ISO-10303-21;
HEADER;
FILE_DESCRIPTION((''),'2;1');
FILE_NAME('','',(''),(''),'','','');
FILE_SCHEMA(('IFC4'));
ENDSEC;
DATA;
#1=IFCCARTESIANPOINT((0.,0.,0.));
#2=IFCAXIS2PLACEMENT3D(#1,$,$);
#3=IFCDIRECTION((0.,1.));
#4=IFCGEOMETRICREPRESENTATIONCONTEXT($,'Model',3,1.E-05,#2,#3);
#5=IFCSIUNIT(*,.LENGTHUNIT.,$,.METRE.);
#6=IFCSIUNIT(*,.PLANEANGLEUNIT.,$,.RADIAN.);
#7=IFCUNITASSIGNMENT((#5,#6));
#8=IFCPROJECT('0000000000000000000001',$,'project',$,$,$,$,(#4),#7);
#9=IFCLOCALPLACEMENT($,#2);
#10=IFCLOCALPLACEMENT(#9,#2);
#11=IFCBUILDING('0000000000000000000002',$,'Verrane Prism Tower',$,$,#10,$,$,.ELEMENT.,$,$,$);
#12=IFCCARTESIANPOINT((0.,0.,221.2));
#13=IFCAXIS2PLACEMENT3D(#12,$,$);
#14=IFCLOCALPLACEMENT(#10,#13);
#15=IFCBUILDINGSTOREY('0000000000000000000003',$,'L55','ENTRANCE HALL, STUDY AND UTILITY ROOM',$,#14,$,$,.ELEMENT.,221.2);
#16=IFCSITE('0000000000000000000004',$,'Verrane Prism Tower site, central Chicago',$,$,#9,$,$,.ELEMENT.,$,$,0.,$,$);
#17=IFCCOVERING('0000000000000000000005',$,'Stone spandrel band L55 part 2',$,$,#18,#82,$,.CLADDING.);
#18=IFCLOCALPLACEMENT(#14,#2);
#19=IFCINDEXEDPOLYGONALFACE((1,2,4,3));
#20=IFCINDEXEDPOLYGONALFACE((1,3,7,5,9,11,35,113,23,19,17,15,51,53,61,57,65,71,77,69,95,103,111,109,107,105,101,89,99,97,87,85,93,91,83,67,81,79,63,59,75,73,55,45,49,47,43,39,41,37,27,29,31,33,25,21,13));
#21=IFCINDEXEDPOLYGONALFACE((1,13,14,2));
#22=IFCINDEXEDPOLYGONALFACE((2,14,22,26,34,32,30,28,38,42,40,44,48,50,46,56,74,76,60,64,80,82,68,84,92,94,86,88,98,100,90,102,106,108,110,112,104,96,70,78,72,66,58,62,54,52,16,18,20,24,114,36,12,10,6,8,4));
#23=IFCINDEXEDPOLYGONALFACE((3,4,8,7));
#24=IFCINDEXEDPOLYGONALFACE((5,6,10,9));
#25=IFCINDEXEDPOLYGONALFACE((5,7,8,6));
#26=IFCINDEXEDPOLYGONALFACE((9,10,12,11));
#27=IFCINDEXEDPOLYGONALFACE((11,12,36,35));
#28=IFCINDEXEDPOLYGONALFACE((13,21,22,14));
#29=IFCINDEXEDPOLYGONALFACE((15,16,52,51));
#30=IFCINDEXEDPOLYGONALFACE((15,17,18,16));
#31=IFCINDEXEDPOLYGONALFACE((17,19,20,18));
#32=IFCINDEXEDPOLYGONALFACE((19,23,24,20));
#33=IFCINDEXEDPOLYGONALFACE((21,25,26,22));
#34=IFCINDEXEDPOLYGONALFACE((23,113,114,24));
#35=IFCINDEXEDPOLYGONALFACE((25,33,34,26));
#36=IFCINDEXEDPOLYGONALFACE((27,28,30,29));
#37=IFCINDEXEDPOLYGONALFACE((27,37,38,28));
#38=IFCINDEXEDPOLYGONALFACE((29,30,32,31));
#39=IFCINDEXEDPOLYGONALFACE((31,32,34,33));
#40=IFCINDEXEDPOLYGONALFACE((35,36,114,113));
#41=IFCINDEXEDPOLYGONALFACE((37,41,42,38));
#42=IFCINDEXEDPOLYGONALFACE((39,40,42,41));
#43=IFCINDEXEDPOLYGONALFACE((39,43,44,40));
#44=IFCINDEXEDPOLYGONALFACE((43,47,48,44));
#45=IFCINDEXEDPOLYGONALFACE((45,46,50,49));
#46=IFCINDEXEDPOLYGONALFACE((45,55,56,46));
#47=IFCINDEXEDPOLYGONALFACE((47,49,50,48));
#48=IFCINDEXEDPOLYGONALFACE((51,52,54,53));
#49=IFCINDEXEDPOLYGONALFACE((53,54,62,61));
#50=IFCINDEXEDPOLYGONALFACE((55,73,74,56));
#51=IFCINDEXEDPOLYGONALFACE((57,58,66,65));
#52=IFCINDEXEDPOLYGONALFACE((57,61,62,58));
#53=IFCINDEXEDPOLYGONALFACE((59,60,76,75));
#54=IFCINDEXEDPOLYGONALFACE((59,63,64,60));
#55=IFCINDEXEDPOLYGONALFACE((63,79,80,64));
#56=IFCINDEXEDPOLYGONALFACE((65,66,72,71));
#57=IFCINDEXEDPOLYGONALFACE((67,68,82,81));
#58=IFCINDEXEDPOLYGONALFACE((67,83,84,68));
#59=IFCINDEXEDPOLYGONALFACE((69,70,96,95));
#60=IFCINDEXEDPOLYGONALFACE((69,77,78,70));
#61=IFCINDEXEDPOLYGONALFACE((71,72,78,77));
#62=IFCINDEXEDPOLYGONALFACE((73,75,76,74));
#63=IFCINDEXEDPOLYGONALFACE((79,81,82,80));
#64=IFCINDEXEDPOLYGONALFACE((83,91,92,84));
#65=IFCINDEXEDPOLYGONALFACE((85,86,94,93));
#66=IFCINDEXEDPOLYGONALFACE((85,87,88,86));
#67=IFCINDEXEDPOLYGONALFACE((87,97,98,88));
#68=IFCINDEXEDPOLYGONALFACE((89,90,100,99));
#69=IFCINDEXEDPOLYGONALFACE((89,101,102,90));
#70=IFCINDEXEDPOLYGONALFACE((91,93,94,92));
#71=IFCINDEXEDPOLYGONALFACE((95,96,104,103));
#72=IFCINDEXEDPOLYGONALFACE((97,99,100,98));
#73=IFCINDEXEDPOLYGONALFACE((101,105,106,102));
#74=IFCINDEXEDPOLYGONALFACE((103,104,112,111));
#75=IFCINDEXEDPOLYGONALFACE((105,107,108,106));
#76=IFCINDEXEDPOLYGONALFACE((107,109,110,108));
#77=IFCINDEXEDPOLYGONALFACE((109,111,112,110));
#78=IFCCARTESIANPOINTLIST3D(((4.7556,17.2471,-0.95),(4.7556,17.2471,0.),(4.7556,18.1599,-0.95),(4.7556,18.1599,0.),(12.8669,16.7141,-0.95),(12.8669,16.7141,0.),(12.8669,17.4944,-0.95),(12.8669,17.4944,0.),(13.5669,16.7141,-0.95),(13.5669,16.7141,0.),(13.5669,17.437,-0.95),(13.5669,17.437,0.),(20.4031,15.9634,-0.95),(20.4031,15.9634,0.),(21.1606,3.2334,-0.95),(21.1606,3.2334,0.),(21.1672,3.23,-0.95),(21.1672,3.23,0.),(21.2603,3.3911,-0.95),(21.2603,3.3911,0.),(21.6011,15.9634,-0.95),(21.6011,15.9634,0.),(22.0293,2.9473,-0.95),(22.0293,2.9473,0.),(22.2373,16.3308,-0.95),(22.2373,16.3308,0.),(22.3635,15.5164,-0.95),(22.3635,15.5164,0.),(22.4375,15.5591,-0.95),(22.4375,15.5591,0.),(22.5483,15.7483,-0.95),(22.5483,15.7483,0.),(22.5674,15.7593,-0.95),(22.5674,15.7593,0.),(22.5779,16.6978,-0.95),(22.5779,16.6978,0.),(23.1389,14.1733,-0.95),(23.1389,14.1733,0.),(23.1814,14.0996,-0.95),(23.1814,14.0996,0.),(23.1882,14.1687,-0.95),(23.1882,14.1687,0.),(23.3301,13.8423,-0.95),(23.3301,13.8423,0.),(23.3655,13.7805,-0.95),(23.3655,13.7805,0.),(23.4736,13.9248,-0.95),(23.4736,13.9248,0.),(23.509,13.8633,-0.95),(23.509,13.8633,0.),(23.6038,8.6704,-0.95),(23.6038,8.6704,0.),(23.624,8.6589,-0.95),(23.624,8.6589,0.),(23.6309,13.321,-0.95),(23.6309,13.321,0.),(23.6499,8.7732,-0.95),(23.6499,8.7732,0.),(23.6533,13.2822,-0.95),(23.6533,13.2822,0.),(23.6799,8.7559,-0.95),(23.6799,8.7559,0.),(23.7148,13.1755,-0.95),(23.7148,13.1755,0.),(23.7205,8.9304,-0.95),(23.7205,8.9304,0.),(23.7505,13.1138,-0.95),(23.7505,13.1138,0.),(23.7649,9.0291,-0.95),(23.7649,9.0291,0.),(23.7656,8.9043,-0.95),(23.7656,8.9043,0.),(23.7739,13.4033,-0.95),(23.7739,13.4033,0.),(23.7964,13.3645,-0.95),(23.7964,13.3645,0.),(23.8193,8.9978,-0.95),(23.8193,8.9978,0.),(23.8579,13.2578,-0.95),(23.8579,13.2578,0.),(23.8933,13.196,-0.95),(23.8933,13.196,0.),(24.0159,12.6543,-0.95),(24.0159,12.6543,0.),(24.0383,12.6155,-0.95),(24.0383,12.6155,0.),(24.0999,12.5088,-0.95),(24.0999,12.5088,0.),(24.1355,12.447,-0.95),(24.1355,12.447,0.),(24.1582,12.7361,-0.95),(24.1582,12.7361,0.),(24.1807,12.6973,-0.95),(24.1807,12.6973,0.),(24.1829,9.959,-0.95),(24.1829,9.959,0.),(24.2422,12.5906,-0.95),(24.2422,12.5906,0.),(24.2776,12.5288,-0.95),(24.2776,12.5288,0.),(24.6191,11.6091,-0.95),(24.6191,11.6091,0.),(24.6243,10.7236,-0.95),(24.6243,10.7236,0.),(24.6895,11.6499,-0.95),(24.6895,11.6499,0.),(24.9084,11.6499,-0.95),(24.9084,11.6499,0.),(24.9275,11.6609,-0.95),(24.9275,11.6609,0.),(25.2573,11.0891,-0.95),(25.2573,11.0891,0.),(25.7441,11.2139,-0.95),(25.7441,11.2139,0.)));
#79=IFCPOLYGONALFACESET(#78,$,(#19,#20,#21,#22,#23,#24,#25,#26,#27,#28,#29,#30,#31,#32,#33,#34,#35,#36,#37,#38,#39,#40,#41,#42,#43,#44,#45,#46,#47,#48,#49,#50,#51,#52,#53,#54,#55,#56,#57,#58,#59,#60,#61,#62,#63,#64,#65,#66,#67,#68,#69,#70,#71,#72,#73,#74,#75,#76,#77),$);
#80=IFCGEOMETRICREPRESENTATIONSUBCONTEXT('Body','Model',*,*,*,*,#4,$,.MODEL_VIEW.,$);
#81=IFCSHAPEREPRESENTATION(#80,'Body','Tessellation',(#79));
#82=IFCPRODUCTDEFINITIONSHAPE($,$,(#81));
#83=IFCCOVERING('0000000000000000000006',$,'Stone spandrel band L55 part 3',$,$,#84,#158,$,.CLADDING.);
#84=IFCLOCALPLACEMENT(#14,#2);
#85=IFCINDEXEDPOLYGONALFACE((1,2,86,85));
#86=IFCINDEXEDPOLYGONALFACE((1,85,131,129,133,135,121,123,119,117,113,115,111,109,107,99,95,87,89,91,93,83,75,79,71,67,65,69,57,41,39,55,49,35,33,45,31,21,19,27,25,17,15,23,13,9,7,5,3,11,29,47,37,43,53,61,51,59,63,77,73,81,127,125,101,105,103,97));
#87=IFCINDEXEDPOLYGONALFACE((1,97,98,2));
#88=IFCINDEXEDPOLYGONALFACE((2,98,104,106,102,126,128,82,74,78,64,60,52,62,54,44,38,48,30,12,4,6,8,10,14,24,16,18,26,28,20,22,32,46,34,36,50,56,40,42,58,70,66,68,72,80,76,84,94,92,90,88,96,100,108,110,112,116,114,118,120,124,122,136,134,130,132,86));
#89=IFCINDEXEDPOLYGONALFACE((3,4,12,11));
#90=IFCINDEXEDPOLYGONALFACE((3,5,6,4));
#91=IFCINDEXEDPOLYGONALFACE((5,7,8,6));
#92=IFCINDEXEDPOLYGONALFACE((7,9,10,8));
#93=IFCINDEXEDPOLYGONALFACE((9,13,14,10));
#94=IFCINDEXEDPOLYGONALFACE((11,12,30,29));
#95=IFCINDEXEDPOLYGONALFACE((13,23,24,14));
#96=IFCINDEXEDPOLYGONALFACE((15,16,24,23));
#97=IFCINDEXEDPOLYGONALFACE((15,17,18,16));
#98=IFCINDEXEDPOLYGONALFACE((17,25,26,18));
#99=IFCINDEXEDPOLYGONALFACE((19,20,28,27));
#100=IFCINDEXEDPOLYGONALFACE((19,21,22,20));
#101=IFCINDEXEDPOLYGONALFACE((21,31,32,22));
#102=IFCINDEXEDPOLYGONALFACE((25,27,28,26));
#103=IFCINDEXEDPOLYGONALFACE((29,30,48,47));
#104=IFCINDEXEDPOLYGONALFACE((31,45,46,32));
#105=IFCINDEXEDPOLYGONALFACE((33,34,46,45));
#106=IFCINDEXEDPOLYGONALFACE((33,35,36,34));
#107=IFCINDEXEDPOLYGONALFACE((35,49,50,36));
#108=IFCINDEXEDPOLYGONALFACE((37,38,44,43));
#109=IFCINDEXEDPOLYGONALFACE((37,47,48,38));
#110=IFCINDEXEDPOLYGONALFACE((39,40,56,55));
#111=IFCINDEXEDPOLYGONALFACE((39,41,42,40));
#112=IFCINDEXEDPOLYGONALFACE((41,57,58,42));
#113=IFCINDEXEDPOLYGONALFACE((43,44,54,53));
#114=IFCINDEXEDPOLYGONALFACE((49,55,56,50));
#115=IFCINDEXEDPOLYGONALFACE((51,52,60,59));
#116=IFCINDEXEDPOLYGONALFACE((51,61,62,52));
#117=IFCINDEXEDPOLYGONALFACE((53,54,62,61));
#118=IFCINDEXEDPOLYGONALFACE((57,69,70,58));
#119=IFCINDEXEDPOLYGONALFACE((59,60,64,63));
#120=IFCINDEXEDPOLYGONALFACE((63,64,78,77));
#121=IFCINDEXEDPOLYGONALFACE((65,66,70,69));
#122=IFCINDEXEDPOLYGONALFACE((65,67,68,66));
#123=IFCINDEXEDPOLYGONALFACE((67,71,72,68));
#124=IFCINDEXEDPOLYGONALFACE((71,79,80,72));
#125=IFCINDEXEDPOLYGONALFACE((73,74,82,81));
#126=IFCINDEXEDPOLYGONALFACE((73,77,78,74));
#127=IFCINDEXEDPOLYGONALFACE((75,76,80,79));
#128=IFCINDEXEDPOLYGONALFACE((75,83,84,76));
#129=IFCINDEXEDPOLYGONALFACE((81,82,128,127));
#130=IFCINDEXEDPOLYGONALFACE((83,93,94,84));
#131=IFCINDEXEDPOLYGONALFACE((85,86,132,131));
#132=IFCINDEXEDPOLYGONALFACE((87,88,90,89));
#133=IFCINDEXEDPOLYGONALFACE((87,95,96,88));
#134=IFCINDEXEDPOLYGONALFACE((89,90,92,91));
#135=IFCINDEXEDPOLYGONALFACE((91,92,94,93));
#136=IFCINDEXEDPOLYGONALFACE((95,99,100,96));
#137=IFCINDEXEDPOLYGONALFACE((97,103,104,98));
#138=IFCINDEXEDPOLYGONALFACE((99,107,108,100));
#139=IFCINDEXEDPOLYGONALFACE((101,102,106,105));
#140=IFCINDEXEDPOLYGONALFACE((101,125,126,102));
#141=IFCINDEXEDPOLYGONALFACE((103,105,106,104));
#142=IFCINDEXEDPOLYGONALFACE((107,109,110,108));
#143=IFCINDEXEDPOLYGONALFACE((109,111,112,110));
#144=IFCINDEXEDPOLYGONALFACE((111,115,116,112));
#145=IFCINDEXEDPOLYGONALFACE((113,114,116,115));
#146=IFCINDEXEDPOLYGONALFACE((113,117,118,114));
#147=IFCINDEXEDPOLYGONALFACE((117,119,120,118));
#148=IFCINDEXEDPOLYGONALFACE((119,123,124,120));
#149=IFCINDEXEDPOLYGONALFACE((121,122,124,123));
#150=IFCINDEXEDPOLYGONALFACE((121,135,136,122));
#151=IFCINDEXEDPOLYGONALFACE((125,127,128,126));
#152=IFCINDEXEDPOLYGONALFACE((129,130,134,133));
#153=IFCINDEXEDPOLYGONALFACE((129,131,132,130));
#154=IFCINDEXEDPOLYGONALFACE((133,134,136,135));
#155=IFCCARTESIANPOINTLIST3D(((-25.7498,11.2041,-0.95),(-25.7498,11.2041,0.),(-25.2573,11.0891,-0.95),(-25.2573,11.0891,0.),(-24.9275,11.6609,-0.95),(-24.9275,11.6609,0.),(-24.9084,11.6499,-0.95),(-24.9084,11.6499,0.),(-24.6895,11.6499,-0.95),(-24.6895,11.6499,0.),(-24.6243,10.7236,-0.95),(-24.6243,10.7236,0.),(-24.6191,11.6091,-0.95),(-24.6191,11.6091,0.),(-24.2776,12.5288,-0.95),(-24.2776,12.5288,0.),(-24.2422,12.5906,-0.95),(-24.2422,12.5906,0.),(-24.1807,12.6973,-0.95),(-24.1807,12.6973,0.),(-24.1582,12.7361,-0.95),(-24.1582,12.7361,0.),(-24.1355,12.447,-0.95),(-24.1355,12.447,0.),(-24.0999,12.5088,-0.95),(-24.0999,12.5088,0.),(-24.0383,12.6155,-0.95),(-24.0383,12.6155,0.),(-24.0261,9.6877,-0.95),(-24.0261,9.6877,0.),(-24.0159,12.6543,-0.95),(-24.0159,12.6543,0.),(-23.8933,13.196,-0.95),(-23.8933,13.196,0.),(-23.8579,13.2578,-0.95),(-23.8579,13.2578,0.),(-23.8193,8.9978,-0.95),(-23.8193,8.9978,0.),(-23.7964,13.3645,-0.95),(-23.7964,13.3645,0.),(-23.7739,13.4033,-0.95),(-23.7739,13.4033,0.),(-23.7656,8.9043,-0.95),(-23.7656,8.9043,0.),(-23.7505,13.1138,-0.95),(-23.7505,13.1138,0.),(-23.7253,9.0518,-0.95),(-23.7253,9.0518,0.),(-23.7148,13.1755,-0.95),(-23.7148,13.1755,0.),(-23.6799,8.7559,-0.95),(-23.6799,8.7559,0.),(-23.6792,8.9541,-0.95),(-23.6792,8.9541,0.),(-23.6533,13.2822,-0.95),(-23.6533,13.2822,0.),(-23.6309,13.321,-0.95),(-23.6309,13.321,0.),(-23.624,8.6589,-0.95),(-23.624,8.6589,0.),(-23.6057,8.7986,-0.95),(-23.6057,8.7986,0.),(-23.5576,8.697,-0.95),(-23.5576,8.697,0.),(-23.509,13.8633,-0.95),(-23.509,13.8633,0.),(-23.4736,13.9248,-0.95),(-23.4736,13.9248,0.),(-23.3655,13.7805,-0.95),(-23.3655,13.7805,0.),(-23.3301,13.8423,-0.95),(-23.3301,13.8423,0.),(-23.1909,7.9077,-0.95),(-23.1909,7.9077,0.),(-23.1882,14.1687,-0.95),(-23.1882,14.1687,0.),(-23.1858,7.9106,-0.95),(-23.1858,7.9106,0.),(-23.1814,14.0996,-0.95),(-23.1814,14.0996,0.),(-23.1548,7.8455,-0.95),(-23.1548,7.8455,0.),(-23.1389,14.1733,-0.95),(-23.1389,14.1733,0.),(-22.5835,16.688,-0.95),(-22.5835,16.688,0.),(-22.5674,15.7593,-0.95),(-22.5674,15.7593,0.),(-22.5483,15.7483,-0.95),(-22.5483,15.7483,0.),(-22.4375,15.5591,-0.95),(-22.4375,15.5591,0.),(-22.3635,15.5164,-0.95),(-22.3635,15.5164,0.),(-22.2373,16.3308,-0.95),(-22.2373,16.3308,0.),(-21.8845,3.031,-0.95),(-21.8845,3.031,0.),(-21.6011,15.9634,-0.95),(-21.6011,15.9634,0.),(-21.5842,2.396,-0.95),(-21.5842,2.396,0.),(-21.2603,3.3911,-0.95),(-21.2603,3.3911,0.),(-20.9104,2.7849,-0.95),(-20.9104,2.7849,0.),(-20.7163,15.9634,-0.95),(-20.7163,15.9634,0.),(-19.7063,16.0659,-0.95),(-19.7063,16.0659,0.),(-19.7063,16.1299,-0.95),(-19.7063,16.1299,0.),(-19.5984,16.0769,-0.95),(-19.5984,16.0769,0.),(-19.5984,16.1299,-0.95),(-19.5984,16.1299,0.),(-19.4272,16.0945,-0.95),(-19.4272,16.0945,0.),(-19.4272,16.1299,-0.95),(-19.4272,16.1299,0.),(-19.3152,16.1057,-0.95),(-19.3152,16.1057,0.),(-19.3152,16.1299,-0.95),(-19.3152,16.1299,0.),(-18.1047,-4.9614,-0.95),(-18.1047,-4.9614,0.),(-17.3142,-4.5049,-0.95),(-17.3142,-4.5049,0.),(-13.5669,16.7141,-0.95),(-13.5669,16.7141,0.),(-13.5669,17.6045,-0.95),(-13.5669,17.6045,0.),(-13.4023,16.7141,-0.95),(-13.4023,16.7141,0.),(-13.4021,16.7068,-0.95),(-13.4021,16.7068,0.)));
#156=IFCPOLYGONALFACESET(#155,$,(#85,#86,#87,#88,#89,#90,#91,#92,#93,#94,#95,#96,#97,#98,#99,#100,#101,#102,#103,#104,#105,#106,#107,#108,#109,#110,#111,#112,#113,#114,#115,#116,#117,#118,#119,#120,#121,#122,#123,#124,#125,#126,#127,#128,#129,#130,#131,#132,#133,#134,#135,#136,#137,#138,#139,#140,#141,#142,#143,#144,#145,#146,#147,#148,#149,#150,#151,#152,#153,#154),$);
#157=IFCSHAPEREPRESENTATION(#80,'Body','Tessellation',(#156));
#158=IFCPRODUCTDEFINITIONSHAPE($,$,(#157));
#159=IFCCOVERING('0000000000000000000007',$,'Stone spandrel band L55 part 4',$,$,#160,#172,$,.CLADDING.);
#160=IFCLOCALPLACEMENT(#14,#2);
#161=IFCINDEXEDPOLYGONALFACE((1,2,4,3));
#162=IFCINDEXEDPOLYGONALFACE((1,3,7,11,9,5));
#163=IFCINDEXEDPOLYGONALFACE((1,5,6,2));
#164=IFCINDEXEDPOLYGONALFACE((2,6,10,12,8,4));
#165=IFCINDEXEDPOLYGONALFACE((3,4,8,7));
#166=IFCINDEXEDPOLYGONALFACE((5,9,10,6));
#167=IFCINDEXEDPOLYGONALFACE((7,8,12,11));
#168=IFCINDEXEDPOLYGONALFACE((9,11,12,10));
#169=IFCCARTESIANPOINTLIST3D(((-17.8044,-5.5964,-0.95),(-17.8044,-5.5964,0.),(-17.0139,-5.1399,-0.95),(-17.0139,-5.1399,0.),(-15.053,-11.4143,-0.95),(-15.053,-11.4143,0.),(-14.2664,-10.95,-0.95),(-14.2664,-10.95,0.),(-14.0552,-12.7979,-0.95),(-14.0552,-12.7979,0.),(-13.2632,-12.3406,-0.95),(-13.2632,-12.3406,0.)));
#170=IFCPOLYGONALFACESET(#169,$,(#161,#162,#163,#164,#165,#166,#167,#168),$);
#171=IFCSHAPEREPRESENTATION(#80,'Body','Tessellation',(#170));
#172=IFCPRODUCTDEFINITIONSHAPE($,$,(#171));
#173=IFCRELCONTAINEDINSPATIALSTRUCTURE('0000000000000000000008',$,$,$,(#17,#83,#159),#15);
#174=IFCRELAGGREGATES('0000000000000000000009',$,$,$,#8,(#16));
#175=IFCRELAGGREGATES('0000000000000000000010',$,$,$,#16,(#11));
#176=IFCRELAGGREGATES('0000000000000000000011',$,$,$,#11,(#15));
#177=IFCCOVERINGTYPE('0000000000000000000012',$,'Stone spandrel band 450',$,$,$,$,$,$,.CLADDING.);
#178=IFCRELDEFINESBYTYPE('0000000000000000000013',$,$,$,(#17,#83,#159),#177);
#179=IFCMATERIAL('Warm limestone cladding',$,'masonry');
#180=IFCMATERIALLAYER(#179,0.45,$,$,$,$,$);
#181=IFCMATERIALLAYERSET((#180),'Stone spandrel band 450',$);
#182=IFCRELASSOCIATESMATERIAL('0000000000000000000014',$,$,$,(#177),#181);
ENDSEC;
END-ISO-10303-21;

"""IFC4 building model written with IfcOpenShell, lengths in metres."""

from ifc_helpers import new_model, si_unit, direction, frame, origin, place, context, subcontext, project, spatial, polyline, outline, extrude, material, layer, layer_set, type_object, element, save


model = new_model("IFC4")

# Units and contexts
model_context = context("Model", 3, precision=1e-05, world=origin(), true_north=direction((0.0, 1.0)))
body_context = subcontext(model_context, "Body", "Model", "MODEL_VIEW")
ifc_project = project(units=[si_unit("LENGTHUNIT", "METRE"), si_unit("PLANEANGLEUNIT", "RADIAN")], contexts=[model_context])

# Site, building, storey
site_placement = place(None, origin())
site = spatial("IfcSite", under=ifc_project, at=site_placement, Name="Verrane Prism Tower site, central Chicago", CompositionType="ELEMENT", RefElevation=0.0)
building_placement = place(site_placement, origin())
building = spatial("IfcBuilding", under=site, at=building_placement, Name="Verrane Prism Tower", CompositionType="ELEMENT")
storey_placement = place(building_placement, frame((0.0, 0.0, 221.2)))
storey = spatial("IfcBuildingStorey", under=building, at=storey_placement, Name="L55", Description="ENTRANCE HALL, STUDY AND UTILITY ROOM", CompositionType="ELEMENT", Elevation=221.2)

# Coverings
ifc_material_1 = material(Name="Warm limestone cladding", Category="masonry")
ifc_layer_1 = layer(ifc_material_1, 0.45)
ifc_layer_set_1 = layer_set([ifc_layer_1], Name="Stone spandrel band 450")
covering_type = type_object("IfcCoveringType", Name="Stone spandrel band 450", PredefinedType="CLADDING", material=ifc_layer_set_1)
covering_1_placement = place(storey_placement, frame((0.0, 0.0, -0.95)))
element("IfcCovering", 1, at=covering_1_placement, inside=storey, type_object=covering_type, Name="Stone spandrel band L55 part 2", PredefinedType="CLADDING", context=body_context, shape_type="SweptSolid", body=[
    extrude(outline(polyline([(4.7556, 18.1599), (4.7556, 17.2471), (20.4031, 15.9634), (21.6011, 15.9634), (22.2373, 16.3308), (22.5674, 15.7593), (22.5483, 15.7483), (22.4375, 15.5591), (22.3635, 15.5164), (23.1389, 14.1733), (23.1882, 14.1687), (23.1814, 14.0996), (23.3301, 13.8423), (23.4736, 13.9248), (23.509, 13.8633), (23.3655, 13.7805), (23.6309, 13.321), (23.7739, 13.4033), (23.7964, 13.3645), (23.6533, 13.2822), (23.7148, 13.1755), (23.8579, 13.2578), (23.8933, 13.196), (23.7505, 13.1138), (24.0159, 12.6543), (24.1582, 12.7361), (24.1807, 12.6973), (24.0383, 12.6155), (24.0999, 12.5088), (24.2422, 12.5906), (24.2776, 12.5288), (24.1355, 12.447), (24.6191, 11.6091), (24.6895, 11.6499), (24.9084, 11.6499), (24.9275, 11.6609), (25.2573, 11.0891), (24.6243, 10.7236), (24.1829, 9.959), (23.7649, 9.0291), (23.8193, 8.9978), (23.7656, 8.9043), (23.7205, 8.9304), (23.6499, 8.7732), (23.6799, 8.7559), (23.624, 8.6589), (23.6038, 8.6704), (21.1606, 3.2334), (21.1672, 3.23), (21.2603, 3.3911), (22.0293, 2.9473), (25.7441, 11.2139), (22.5779, 16.6978), (13.5669, 17.437), (13.5669, 16.7141), (12.8669, 16.7141), (12.8669, 17.4944), (4.7556, 18.1599)])), origin(), (0.0, 0.0, 1.0), 0.95),
])
covering_2_placement = place(storey_placement, frame((0.0, 0.0, -0.95)))
element("IfcCovering", 2, at=covering_2_placement, inside=storey, type_object=covering_type, Name="Stone spandrel band L55 part 3", PredefinedType="CLADDING", context=body_context, shape_type="SweptSolid", body=[
    extrude(outline(polyline([(-17.3142, -4.5049), (-23.1548, 7.8455), (-23.1909, 7.9077), (-23.1858, 7.9106), (-23.5576, 8.697), (-23.624, 8.6589), (-23.6799, 8.7559), (-23.6057, 8.7986), (-23.6792, 8.9541), (-23.7656, 8.9043), (-23.8193, 8.9978), (-23.7253, 9.0518), (-24.0261, 9.6877), (-24.6243, 10.7236), (-25.2573, 11.0891), (-24.9275, 11.6609), (-24.9084, 11.6499), (-24.6895, 11.6499), (-24.6191, 11.6091), (-24.1355, 12.447), (-24.2776, 12.5288), (-24.2422, 12.5906), (-24.0999, 12.5088), (-24.0383, 12.6155), (-24.1807, 12.6973), (-24.1582, 12.7361), (-24.0159, 12.6543), (-23.7505, 13.1138), (-23.8933, 13.196), (-23.8579, 13.2578), (-23.7148, 13.1755), (-23.6533, 13.2822), (-23.7964, 13.3645), (-23.7739, 13.4033), (-23.6309, 13.321), (-23.3655, 13.7805), (-23.509, 13.8633), (-23.4736, 13.9248), (-23.3301, 13.8423), (-23.1814, 14.0996), (-23.1882, 14.1687), (-23.1389, 14.1733), (-22.3635, 15.5164), (-22.4375, 15.5591), (-22.5483, 15.7483), (-22.5674, 15.7593), (-22.2373, 16.3308), (-21.6011, 15.9634), (-20.7163, 15.9634), (-19.7063, 16.0659), (-19.7063, 16.1299), (-19.5984, 16.1299), (-19.5984, 16.0769), (-19.4272, 16.0945), (-19.4272, 16.1299), (-19.3152, 16.1299), (-19.3152, 16.1057), (-13.4021, 16.7068), (-13.4023, 16.7141), (-13.5669, 16.7141), (-13.5669, 17.6045), (-22.5835, 16.688), (-25.7498, 11.2041), (-21.8845, 3.031), (-21.2603, 3.3911), (-20.9104, 2.7849), (-21.5842, 2.396), (-18.1047, -4.9614), (-17.3142, -4.5049)])), origin(), (0.0, 0.0, 1.0), 0.95),
])
covering_3_placement = place(storey_placement, frame((0.0, 0.0, -0.95)))
element("IfcCovering", 3, at=covering_3_placement, inside=storey, type_object=covering_type, Name="Stone spandrel band L55 part 4", PredefinedType="CLADDING", context=body_context, shape_type="SweptSolid", body=[
    extrude(outline(polyline([(-14.0552, -12.7979), (-13.2632, -12.3406), (-14.2664, -10.95), (-17.0139, -5.1399), (-17.8044, -5.5964), (-15.053, -11.4143), (-14.0552, -12.7979)])), origin(), (0.0, 0.0, 1.0), 0.95),
])

save(model, "model.ifc")
